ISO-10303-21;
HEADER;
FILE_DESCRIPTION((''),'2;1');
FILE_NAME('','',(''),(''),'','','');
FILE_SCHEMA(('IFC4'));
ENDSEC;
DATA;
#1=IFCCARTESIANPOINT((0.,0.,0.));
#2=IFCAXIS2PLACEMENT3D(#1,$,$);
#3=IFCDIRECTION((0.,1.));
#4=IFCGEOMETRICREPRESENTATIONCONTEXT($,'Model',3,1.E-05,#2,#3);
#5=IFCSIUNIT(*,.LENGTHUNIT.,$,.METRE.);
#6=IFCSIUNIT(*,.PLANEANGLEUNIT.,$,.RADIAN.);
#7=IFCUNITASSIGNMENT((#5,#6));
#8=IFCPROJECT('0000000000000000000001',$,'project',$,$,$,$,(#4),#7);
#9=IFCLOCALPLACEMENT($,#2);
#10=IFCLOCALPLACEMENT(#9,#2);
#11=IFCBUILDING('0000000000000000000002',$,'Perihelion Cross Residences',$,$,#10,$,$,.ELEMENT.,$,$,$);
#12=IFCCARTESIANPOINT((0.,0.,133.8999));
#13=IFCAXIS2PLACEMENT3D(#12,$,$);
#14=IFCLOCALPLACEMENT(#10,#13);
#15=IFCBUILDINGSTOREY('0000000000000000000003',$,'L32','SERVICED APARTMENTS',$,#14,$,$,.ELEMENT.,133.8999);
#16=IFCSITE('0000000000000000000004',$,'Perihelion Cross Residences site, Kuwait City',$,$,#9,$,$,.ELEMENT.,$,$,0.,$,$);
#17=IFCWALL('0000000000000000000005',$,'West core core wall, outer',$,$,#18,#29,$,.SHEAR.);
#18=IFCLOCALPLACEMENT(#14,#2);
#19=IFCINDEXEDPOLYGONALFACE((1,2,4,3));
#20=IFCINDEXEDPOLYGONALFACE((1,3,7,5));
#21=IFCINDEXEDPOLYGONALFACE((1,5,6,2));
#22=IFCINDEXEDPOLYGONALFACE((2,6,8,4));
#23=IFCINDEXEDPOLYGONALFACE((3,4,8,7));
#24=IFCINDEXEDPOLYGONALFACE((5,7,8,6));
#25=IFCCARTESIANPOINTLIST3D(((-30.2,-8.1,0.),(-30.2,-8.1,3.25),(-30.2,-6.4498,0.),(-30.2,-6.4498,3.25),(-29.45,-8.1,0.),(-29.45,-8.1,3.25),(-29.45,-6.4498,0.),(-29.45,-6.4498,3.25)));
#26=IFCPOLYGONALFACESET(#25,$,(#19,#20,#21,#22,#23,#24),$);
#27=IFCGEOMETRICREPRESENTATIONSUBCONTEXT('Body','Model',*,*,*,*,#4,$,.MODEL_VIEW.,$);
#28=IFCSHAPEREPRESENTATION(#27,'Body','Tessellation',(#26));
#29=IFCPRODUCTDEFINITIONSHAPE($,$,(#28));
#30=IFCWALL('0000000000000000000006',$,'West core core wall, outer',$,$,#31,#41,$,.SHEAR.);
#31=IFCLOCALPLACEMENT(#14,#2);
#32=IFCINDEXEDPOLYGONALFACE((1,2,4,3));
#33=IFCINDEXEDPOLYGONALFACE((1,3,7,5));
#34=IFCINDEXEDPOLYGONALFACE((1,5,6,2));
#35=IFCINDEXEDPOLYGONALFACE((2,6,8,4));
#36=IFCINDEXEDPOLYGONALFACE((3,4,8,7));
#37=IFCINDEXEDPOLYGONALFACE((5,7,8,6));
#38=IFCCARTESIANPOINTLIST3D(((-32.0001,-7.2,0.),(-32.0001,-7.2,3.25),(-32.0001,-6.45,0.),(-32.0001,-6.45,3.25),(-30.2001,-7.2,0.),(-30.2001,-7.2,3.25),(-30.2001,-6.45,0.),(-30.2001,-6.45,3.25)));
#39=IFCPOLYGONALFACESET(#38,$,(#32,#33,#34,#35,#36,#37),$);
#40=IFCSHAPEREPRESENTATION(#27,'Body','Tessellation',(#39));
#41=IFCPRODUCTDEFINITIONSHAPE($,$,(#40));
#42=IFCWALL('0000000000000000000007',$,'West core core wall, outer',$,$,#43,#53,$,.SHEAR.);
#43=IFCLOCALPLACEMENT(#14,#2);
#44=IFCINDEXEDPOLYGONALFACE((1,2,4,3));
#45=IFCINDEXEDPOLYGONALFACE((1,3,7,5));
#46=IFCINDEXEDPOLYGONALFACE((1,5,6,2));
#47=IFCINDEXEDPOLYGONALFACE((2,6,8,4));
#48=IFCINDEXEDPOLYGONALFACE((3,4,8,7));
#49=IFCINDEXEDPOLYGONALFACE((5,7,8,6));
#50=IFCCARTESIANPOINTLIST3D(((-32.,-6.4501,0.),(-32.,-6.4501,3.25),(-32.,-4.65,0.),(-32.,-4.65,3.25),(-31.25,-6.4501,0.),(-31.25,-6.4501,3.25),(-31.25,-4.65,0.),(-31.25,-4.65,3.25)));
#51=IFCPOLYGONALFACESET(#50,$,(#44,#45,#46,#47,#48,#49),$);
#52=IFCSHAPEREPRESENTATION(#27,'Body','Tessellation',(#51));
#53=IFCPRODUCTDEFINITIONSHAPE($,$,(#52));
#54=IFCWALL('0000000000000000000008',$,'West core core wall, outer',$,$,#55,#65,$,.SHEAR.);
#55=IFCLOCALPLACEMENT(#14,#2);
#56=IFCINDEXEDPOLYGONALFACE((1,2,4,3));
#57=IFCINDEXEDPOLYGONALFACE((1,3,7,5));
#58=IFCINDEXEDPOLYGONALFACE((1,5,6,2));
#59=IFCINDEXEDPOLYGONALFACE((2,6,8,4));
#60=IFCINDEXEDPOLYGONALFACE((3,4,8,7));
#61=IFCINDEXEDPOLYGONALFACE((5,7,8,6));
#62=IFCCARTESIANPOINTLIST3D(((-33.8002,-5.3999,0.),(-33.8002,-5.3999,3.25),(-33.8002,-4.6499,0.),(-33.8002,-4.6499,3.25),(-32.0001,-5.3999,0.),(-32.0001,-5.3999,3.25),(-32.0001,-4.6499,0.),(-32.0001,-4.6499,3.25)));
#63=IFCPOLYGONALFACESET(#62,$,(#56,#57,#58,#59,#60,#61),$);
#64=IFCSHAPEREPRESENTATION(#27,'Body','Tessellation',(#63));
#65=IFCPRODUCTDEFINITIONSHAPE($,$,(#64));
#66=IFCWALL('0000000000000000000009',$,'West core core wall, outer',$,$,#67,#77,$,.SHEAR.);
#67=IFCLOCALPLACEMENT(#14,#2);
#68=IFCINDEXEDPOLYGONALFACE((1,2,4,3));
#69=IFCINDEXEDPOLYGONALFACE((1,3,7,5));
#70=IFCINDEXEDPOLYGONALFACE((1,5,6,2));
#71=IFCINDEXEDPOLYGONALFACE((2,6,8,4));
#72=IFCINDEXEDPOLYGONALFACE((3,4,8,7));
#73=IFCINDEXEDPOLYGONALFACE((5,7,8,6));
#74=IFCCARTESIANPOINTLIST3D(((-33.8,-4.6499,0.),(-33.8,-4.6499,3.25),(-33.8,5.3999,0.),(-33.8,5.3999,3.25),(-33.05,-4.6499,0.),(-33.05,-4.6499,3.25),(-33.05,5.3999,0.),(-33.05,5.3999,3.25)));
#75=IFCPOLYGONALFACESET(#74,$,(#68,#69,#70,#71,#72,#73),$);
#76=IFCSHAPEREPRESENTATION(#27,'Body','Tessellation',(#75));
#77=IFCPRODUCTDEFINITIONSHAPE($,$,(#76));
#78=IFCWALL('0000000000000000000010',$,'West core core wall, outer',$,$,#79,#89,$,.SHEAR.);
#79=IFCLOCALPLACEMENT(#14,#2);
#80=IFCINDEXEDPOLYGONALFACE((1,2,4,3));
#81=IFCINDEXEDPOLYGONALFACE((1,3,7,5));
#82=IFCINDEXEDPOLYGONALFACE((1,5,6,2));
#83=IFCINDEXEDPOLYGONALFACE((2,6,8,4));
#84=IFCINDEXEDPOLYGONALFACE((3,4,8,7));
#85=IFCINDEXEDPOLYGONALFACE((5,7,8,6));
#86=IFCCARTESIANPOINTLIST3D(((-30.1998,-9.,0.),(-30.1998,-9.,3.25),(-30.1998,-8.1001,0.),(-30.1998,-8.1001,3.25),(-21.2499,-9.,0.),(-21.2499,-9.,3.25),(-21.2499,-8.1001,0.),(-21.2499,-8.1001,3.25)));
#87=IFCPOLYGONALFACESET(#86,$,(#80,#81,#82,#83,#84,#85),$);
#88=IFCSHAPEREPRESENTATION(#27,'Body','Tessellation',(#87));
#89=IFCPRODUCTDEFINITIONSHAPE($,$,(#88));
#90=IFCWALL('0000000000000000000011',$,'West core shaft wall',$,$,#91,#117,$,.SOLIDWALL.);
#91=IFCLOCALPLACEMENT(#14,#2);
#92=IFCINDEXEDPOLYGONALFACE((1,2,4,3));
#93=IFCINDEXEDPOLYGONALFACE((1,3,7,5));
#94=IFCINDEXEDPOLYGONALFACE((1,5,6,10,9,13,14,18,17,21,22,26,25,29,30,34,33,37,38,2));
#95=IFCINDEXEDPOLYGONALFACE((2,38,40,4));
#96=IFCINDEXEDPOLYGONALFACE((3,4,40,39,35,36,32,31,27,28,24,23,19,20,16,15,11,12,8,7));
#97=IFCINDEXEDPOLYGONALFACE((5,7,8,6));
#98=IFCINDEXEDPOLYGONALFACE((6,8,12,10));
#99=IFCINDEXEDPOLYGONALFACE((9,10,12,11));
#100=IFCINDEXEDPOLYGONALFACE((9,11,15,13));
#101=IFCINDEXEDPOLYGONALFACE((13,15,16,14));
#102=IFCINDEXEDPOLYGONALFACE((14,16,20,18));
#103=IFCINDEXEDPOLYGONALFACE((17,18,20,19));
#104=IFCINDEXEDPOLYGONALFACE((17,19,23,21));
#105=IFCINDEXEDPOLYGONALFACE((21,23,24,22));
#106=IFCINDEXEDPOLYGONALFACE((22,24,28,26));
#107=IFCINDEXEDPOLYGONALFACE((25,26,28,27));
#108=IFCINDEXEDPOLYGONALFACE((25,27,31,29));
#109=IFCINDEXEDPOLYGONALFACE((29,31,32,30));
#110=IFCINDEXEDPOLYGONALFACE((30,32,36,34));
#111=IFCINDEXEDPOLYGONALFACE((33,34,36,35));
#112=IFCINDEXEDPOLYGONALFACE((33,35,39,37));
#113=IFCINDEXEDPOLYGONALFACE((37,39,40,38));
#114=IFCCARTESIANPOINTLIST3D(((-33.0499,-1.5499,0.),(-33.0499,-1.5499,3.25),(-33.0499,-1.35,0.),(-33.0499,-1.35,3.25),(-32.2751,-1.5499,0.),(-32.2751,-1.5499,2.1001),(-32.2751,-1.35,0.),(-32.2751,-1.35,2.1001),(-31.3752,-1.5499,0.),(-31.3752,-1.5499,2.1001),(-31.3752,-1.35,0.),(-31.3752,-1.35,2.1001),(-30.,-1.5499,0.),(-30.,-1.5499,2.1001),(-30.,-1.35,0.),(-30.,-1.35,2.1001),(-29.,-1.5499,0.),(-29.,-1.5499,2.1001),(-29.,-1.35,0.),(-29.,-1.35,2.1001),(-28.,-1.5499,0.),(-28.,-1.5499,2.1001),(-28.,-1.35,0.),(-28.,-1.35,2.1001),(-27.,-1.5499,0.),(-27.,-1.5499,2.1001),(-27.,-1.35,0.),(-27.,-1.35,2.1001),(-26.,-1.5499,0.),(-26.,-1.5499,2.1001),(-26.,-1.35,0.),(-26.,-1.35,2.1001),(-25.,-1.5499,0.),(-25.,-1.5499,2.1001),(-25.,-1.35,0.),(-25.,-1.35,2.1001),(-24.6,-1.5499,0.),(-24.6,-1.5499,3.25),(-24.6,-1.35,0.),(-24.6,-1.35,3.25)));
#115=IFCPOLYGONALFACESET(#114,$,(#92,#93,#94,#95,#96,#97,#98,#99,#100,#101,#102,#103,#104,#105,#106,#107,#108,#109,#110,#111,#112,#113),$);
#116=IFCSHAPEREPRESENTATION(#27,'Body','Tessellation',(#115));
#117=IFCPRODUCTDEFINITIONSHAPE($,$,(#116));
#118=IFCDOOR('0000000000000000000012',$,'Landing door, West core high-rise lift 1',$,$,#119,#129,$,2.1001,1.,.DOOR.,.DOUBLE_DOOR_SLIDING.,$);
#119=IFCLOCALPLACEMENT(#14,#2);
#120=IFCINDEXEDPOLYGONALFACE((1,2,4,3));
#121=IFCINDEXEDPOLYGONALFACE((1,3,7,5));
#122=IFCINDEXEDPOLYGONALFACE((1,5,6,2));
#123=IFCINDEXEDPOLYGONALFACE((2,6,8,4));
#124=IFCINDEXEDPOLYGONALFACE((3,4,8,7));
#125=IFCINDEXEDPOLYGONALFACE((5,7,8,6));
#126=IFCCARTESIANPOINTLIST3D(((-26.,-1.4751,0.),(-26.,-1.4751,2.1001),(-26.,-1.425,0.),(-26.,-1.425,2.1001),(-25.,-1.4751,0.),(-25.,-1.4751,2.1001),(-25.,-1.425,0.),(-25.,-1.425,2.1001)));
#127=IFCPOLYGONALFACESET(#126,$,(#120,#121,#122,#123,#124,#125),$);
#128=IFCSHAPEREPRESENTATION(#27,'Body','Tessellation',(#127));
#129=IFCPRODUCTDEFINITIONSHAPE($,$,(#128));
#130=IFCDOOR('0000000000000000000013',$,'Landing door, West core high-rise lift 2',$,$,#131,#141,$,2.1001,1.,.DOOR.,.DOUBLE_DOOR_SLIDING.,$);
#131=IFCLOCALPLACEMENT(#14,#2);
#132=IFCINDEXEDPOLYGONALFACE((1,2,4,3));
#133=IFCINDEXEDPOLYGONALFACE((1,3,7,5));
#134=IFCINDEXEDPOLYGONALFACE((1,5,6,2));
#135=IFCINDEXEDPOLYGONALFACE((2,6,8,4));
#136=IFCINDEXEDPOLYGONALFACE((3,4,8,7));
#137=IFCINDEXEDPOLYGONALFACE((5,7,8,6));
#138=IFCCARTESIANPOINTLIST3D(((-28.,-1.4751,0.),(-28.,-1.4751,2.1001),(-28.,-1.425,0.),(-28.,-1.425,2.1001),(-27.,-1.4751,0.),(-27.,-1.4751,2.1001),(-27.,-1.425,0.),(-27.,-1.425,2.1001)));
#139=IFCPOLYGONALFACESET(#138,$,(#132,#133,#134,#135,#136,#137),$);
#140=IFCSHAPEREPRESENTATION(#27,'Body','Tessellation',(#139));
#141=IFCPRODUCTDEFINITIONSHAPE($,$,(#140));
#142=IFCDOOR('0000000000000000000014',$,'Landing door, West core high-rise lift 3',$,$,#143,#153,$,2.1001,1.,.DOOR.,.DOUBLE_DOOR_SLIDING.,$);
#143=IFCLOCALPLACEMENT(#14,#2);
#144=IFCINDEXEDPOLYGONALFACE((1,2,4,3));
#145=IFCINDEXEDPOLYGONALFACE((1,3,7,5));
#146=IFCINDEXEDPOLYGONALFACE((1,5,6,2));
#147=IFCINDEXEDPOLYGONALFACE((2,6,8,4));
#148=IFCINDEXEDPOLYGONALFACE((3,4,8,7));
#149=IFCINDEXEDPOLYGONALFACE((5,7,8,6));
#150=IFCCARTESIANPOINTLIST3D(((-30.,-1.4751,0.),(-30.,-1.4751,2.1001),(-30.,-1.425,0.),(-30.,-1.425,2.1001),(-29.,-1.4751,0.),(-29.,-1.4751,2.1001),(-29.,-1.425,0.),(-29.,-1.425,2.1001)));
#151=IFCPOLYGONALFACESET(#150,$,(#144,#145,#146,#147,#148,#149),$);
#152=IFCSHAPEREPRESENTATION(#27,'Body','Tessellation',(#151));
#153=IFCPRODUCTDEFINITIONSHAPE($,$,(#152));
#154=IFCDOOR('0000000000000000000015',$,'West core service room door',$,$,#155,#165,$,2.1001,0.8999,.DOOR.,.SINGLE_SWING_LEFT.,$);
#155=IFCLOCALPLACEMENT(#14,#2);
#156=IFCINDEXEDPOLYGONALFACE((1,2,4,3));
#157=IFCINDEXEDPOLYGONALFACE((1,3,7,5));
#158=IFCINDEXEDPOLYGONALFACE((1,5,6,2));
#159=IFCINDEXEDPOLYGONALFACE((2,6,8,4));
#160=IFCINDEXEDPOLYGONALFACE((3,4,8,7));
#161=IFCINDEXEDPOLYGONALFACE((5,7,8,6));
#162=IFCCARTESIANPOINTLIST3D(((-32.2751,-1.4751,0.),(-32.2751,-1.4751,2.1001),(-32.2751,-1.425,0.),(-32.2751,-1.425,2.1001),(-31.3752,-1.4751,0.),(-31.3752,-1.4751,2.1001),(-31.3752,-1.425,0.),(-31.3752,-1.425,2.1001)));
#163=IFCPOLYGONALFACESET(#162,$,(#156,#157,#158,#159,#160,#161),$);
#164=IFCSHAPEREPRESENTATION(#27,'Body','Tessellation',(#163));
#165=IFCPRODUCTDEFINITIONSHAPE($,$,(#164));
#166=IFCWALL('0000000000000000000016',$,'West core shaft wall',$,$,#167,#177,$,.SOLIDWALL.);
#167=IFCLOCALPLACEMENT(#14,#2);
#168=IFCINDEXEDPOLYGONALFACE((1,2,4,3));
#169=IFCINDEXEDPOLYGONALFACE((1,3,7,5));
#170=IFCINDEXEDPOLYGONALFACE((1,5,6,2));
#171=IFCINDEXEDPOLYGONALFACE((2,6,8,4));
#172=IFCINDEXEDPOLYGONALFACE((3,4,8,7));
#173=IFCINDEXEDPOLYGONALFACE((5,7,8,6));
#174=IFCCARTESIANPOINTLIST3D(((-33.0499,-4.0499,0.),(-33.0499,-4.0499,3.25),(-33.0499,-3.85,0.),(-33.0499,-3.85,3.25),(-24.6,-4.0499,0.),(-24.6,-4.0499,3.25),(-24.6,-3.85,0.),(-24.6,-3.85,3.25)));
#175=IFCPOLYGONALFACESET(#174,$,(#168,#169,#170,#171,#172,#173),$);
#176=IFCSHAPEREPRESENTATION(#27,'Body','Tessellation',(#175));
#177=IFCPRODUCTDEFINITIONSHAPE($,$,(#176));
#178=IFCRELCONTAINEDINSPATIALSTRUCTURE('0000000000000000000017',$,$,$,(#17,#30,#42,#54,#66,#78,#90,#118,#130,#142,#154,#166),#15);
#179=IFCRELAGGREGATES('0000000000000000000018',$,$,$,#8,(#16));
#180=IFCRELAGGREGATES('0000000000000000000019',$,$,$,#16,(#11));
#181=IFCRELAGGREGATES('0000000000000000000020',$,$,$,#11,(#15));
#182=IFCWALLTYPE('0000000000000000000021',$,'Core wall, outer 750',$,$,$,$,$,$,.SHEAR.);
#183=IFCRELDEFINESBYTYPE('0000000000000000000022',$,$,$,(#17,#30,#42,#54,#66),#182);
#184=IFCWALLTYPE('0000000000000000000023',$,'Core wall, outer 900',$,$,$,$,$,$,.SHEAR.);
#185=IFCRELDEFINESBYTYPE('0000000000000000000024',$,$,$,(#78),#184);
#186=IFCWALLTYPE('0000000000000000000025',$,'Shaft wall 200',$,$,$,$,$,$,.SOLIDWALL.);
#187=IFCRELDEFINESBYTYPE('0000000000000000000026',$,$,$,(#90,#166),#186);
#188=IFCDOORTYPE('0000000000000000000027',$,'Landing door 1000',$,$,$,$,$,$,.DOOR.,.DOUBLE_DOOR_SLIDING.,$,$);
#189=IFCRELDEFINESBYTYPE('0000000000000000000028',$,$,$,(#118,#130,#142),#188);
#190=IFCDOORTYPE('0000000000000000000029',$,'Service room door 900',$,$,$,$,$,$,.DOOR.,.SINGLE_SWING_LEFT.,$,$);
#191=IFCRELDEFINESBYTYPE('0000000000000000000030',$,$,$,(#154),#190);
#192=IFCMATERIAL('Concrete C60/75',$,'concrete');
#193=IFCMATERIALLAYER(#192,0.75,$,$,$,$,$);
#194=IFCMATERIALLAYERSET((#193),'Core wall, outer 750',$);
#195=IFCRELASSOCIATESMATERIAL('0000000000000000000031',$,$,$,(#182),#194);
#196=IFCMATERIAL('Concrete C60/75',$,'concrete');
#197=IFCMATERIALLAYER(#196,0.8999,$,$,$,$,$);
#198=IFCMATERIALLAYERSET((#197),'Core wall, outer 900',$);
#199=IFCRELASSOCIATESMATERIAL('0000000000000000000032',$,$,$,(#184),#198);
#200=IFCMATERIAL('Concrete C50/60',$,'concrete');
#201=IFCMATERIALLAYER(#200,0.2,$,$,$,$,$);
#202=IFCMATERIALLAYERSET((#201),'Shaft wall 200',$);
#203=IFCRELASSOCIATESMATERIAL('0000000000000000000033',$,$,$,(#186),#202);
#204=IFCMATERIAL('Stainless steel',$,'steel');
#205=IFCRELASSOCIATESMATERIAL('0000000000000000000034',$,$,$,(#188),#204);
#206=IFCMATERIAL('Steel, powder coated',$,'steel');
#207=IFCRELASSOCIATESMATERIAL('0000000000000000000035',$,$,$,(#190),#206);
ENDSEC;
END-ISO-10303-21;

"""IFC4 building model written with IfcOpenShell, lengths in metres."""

from ifc_helpers import new_model, si_unit, direction, frame, frame_2d, origin, place, context, subcontext, project, spatial, rectangle, extrude, material, layer, layer_set, type_object, element, fill, save


model = new_model("IFC4")

# Units and contexts
model_context = context("Model", 3, precision=1e-05, world=origin(), true_north=direction((0.0, 1.0)))
body_context = subcontext(model_context, "Body", "Model", "MODEL_VIEW")
ifc_project = project(units=[si_unit("LENGTHUNIT", "METRE"), si_unit("PLANEANGLEUNIT", "RADIAN")], contexts=[model_context])

# Site, building, storey
site_placement = place(None, origin())
site = spatial("IfcSite", under=ifc_project, at=site_placement, Name="Perihelion Cross Residences site, Kuwait City", CompositionType="ELEMENT", RefElevation=0.0)
building_placement = place(site_placement, origin())
building = spatial("IfcBuilding", under=site, at=building_placement, Name="Perihelion Cross Residences", CompositionType="ELEMENT")
storey_placement = place(building_placement, frame((0.0, 0.0, 133.8999)))
storey = spatial("IfcBuildingStorey", under=building, at=storey_placement, Name="L32", Description="SERVICED APARTMENTS", CompositionType="ELEMENT", Elevation=133.8999)

# Walls
ifc_material_1 = material(Name="Concrete C60/75", Category="concrete")
ifc_layer_1 = layer(ifc_material_1, 0.75)
ifc_layer_set_1 = layer_set([ifc_layer_1], Name="Core wall, outer 750")
wall_type_1 = type_object("IfcWallType", Name="Core wall, outer 750", PredefinedType="SHEAR", material=ifc_layer_set_1)
wall_1_placement = place(storey_placement, frame((-29.825, -8.1001, 0.0), z_axis=(0.0, 0.0, 1.0), x_axis=(0.0, 1.0, 0.0)))
element("IfcWall", 1, at=wall_1_placement, inside=storey, type_object=wall_type_1, Name="West core core wall, outer", PredefinedType="SHEAR", context=body_context, shape_type="SweptSolid", body=[
    extrude(rectangle(XDim=1.6501, YDim=0.75, at=frame_2d((0.8252, 0.0))), origin(), (0.0, 0.0, 1.0), 3.25),
])
for number, where, z_axis, x_axis, name in (
    (2, (-32.0, -6.825, 0.0), (0.0, 0.0, 1.0), (1.0, 0.0, 0.0), "West core core wall, outer"),
    (3, (-31.625, -6.45, 0.0), (0.0, 0.0, 1.0), (0.0, 1.0, 0.0), "West core core wall, outer"),
    (4, (-33.8, -5.0249, 0.0), (0.0, 0.0, 1.0), (1.0, 0.0, 0.0), "West core core wall, outer"),
):
    element("IfcWall", number, at=place(storey_placement, frame(where, z_axis=z_axis, x_axis=x_axis)), inside=storey, type_object=wall_type_1, Name=name, PredefinedType="SHEAR", context=body_context, shape_type="SweptSolid", body=[
        extrude(rectangle(XDim=1.8, YDim=0.75, at=frame_2d((0.8999, 0.0))), origin(), (0.0, 0.0, 1.0), 3.25),
    ])
wall_2_placement = place(storey_placement, frame((-33.425, -4.6499, 0.0), z_axis=(0.0, 0.0, 1.0), x_axis=(0.0, 1.0, 0.0)))
element("IfcWall", 5, at=wall_2_placement, inside=storey, type_object=wall_type_1, Name="West core core wall, outer", PredefinedType="SHEAR", context=body_context, shape_type="SweptSolid", body=[
    extrude(rectangle(XDim=10.0498, YDim=0.75, at=frame_2d((5.0249, 0.0))), origin(), (0.0, 0.0, 1.0), 3.25),
])
ifc_material_2 = material(Name="Concrete C60/75", Category="concrete")
ifc_layer_2 = layer(ifc_material_2, 0.8999)
ifc_layer_set_2 = layer_set([ifc_layer_2], Name="Core wall, outer 900")
wall_type_2 = type_object("IfcWallType", Name="Core wall, outer 900", PredefinedType="SHEAR", material=ifc_layer_set_2)
wall_3_placement = place(storey_placement, frame((-30.2, -8.55, 0.0), z_axis=(0.0, 0.0, 1.0), x_axis=(1.0, 0.0, 0.0)))
element("IfcWall", 6, at=wall_3_placement, inside=storey, type_object=wall_type_2, Name="West core core wall, outer", PredefinedType="SHEAR", context=body_context, shape_type="SweptSolid", body=[
    extrude(rectangle(XDim=8.95, YDim=0.8999, at=frame_2d((4.4751, 0.0))), origin(), (0.0, 0.0, 1.0), 3.25),
])

# Wall, openings, doors
ifc_material_3 = material(Name="Concrete C50/60", Category="concrete")
ifc_layer_3 = layer(ifc_material_3, 0.2)
ifc_layer_set_3 = layer_set([ifc_layer_3], Name="Shaft wall 200")
wall_type_3 = type_object("IfcWallType", Name="Shaft wall 200", PredefinedType="SOLIDWALL", material=ifc_layer_set_3)
wall_4_placement = place(storey_placement, frame((-33.05, -1.45, 0.0), z_axis=(0.0, 0.0, 1.0), x_axis=(1.0, 0.0, 0.0)))
wall_4 = element("IfcWall", 7, at=wall_4_placement, inside=storey, type_object=wall_type_3, Name="West core shaft wall", PredefinedType="SOLIDWALL", context=body_context, shape_type="SweptSolid", body=[
    extrude(rectangle(XDim=8.45, YDim=0.2, at=frame_2d((4.2251, 0.0))), origin(), (0.0, 0.0, 1.0), 3.25),
])
opening_1_placement = place(wall_4_placement, frame((7.05, 0.0, 0.0)))
opening_1 = element("IfcOpeningElement", 8, at=opening_1_placement, cuts=wall_4, PredefinedType="OPENING", context=body_context, shape_type="SweptSolid", body=[
    extrude(rectangle(XDim=1.0, YDim=2.1001, at=frame_2d((0.5, 1.05))), frame((0.0, 0.1099, 0.0), z_axis=(0.0, -1.0, 0.0), x_axis=(1.0, 0.0, 0.0)), (0.0, 0.0, 1.0), 0.22),
])
opening_2_placement = place(wall_4_placement, frame((5.05, 0.0, 0.0)))
opening_2 = element("IfcOpeningElement", 9, at=opening_2_placement, cuts=wall_4, PredefinedType="OPENING", context=body_context, shape_type="SweptSolid", body=[
    extrude(rectangle(XDim=1.0, YDim=2.1001, at=frame_2d((0.5, 1.05))), frame((0.0, 0.1099, 0.0), z_axis=(0.0, -1.0, 0.0), x_axis=(1.0, 0.0, 0.0)), (0.0, 0.0, 1.0), 0.22),
])
opening_3_placement = place(wall_4_placement, frame((3.05, 0.0, 0.0)))
opening_3 = element("IfcOpeningElement", 10, at=opening_3_placement, cuts=wall_4, PredefinedType="OPENING", context=body_context, shape_type="SweptSolid", body=[
    extrude(rectangle(XDim=1.0, YDim=2.1001, at=frame_2d((0.5, 1.05))), frame((0.0, 0.1099, 0.0), z_axis=(0.0, -1.0, 0.0), x_axis=(1.0, 0.0, 0.0)), (0.0, 0.0, 1.0), 0.22),
])
opening_4_placement = place(wall_4_placement, frame((0.7749, 0.0, 0.0)))
opening_4 = element("IfcOpeningElement", 11, at=opening_4_placement, cuts=wall_4, PredefinedType="OPENING", context=body_context, shape_type="SweptSolid", body=[
    extrude(rectangle(XDim=0.8999, YDim=2.1001, at=frame_2d((0.45, 1.05))), frame((0.0, 0.1099, 0.0), z_axis=(0.0, -1.0, 0.0), x_axis=(1.0, 0.0, 0.0)), (0.0, 0.0, 1.0), 0.22),
])
ifc_material_4 = material(Name="Stainless steel", Category="steel")
door_type_1 = type_object("IfcDoorType", Name="Landing door 1000", OperationType="DOUBLE_DOOR_SLIDING", PredefinedType="DOOR", material=ifc_material_4)
door_1_placement = place(opening_1_placement, origin())
door_1 = element("IfcDoor", 12, at=door_1_placement, inside=storey, type_object=door_type_1, Name="Landing door, West core high-rise lift 1", OperationType="DOUBLE_DOOR_SLIDING", OverallHeight=2.1001, OverallWidth=1.0, PredefinedType="DOOR", context=body_context, shape_type="SweptSolid", body=[
    extrude(rectangle(XDim=1.0, YDim=2.1001, at=frame_2d((0.5, 1.05))), frame((0.0, 0.0249, 0.0), z_axis=(0.0, -1.0, 0.0), x_axis=(1.0, 0.0, 0.0)), (0.0, 0.0, 1.0), 0.05),
])
fill(opening_1, door_1)
door_2_placement = place(opening_2_placement, origin())
door_2 = element("IfcDoor", 13, at=door_2_placement, inside=storey, type_object=door_type_1, Name="Landing door, West core high-rise lift 2", OperationType="DOUBLE_DOOR_SLIDING", OverallHeight=2.1001, OverallWidth=1.0, PredefinedType="DOOR", context=body_context, shape_type="SweptSolid", body=[
    extrude(rectangle(XDim=1.0, YDim=2.1001, at=frame_2d((0.5, 1.05))), frame((0.0, 0.0249, 0.0), z_axis=(0.0, -1.0, 0.0), x_axis=(1.0, 0.0, 0.0)), (0.0, 0.0, 1.0), 0.05),
])
fill(opening_2, door_2)
door_3_placement = place(opening_3_placement, origin())
door_3 = element("IfcDoor", 14, at=door_3_placement, inside=storey, type_object=door_type_1, Name="Landing door, West core high-rise lift 3", OperationType="DOUBLE_DOOR_SLIDING", OverallHeight=2.1001, OverallWidth=1.0, PredefinedType="DOOR", context=body_context, shape_type="SweptSolid", body=[
    extrude(rectangle(XDim=1.0, YDim=2.1001, at=frame_2d((0.5, 1.05))), frame((0.0, 0.0249, 0.0), z_axis=(0.0, -1.0, 0.0), x_axis=(1.0, 0.0, 0.0)), (0.0, 0.0, 1.0), 0.05),
])
fill(opening_3, door_3)
ifc_material_5 = material(Name="Steel, powder coated", Category="steel")
door_type_2 = type_object("IfcDoorType", Name="Service room door 900", OperationType="SINGLE_SWING_LEFT", PredefinedType="DOOR", material=ifc_material_5)
door_4_placement = place(opening_4_placement, origin())
door_4 = element("IfcDoor", 15, at=door_4_placement, inside=storey, type_object=door_type_2, Name="West core service room door", OperationType="SINGLE_SWING_LEFT", OverallHeight=2.1001, OverallWidth=0.8999, PredefinedType="DOOR", context=body_context, shape_type="SweptSolid", body=[
    extrude(rectangle(XDim=0.8999, YDim=2.1001, at=frame_2d((0.45, 1.05))), frame((0.0, 0.0249, 0.0), z_axis=(0.0, -1.0, 0.0), x_axis=(1.0, 0.0, 0.0)), (0.0, 0.0, 1.0), 0.05),
])
fill(opening_4, door_4)

# Wall
wall_5_placement = place(storey_placement, frame((-33.05, -3.95, 0.0), z_axis=(0.0, 0.0, 1.0), x_axis=(1.0, 0.0, 0.0)))
element("IfcWall", 16, at=wall_5_placement, inside=storey, type_object=wall_type_3, Name="West core shaft wall", PredefinedType="SOLIDWALL", context=body_context, shape_type="SweptSolid", body=[
    extrude(rectangle(XDim=8.45, YDim=0.2, at=frame_2d((4.2251, 0.0))), origin(), (0.0, 0.0, 1.0), 3.25),
])

save(model, "model.ifc")
